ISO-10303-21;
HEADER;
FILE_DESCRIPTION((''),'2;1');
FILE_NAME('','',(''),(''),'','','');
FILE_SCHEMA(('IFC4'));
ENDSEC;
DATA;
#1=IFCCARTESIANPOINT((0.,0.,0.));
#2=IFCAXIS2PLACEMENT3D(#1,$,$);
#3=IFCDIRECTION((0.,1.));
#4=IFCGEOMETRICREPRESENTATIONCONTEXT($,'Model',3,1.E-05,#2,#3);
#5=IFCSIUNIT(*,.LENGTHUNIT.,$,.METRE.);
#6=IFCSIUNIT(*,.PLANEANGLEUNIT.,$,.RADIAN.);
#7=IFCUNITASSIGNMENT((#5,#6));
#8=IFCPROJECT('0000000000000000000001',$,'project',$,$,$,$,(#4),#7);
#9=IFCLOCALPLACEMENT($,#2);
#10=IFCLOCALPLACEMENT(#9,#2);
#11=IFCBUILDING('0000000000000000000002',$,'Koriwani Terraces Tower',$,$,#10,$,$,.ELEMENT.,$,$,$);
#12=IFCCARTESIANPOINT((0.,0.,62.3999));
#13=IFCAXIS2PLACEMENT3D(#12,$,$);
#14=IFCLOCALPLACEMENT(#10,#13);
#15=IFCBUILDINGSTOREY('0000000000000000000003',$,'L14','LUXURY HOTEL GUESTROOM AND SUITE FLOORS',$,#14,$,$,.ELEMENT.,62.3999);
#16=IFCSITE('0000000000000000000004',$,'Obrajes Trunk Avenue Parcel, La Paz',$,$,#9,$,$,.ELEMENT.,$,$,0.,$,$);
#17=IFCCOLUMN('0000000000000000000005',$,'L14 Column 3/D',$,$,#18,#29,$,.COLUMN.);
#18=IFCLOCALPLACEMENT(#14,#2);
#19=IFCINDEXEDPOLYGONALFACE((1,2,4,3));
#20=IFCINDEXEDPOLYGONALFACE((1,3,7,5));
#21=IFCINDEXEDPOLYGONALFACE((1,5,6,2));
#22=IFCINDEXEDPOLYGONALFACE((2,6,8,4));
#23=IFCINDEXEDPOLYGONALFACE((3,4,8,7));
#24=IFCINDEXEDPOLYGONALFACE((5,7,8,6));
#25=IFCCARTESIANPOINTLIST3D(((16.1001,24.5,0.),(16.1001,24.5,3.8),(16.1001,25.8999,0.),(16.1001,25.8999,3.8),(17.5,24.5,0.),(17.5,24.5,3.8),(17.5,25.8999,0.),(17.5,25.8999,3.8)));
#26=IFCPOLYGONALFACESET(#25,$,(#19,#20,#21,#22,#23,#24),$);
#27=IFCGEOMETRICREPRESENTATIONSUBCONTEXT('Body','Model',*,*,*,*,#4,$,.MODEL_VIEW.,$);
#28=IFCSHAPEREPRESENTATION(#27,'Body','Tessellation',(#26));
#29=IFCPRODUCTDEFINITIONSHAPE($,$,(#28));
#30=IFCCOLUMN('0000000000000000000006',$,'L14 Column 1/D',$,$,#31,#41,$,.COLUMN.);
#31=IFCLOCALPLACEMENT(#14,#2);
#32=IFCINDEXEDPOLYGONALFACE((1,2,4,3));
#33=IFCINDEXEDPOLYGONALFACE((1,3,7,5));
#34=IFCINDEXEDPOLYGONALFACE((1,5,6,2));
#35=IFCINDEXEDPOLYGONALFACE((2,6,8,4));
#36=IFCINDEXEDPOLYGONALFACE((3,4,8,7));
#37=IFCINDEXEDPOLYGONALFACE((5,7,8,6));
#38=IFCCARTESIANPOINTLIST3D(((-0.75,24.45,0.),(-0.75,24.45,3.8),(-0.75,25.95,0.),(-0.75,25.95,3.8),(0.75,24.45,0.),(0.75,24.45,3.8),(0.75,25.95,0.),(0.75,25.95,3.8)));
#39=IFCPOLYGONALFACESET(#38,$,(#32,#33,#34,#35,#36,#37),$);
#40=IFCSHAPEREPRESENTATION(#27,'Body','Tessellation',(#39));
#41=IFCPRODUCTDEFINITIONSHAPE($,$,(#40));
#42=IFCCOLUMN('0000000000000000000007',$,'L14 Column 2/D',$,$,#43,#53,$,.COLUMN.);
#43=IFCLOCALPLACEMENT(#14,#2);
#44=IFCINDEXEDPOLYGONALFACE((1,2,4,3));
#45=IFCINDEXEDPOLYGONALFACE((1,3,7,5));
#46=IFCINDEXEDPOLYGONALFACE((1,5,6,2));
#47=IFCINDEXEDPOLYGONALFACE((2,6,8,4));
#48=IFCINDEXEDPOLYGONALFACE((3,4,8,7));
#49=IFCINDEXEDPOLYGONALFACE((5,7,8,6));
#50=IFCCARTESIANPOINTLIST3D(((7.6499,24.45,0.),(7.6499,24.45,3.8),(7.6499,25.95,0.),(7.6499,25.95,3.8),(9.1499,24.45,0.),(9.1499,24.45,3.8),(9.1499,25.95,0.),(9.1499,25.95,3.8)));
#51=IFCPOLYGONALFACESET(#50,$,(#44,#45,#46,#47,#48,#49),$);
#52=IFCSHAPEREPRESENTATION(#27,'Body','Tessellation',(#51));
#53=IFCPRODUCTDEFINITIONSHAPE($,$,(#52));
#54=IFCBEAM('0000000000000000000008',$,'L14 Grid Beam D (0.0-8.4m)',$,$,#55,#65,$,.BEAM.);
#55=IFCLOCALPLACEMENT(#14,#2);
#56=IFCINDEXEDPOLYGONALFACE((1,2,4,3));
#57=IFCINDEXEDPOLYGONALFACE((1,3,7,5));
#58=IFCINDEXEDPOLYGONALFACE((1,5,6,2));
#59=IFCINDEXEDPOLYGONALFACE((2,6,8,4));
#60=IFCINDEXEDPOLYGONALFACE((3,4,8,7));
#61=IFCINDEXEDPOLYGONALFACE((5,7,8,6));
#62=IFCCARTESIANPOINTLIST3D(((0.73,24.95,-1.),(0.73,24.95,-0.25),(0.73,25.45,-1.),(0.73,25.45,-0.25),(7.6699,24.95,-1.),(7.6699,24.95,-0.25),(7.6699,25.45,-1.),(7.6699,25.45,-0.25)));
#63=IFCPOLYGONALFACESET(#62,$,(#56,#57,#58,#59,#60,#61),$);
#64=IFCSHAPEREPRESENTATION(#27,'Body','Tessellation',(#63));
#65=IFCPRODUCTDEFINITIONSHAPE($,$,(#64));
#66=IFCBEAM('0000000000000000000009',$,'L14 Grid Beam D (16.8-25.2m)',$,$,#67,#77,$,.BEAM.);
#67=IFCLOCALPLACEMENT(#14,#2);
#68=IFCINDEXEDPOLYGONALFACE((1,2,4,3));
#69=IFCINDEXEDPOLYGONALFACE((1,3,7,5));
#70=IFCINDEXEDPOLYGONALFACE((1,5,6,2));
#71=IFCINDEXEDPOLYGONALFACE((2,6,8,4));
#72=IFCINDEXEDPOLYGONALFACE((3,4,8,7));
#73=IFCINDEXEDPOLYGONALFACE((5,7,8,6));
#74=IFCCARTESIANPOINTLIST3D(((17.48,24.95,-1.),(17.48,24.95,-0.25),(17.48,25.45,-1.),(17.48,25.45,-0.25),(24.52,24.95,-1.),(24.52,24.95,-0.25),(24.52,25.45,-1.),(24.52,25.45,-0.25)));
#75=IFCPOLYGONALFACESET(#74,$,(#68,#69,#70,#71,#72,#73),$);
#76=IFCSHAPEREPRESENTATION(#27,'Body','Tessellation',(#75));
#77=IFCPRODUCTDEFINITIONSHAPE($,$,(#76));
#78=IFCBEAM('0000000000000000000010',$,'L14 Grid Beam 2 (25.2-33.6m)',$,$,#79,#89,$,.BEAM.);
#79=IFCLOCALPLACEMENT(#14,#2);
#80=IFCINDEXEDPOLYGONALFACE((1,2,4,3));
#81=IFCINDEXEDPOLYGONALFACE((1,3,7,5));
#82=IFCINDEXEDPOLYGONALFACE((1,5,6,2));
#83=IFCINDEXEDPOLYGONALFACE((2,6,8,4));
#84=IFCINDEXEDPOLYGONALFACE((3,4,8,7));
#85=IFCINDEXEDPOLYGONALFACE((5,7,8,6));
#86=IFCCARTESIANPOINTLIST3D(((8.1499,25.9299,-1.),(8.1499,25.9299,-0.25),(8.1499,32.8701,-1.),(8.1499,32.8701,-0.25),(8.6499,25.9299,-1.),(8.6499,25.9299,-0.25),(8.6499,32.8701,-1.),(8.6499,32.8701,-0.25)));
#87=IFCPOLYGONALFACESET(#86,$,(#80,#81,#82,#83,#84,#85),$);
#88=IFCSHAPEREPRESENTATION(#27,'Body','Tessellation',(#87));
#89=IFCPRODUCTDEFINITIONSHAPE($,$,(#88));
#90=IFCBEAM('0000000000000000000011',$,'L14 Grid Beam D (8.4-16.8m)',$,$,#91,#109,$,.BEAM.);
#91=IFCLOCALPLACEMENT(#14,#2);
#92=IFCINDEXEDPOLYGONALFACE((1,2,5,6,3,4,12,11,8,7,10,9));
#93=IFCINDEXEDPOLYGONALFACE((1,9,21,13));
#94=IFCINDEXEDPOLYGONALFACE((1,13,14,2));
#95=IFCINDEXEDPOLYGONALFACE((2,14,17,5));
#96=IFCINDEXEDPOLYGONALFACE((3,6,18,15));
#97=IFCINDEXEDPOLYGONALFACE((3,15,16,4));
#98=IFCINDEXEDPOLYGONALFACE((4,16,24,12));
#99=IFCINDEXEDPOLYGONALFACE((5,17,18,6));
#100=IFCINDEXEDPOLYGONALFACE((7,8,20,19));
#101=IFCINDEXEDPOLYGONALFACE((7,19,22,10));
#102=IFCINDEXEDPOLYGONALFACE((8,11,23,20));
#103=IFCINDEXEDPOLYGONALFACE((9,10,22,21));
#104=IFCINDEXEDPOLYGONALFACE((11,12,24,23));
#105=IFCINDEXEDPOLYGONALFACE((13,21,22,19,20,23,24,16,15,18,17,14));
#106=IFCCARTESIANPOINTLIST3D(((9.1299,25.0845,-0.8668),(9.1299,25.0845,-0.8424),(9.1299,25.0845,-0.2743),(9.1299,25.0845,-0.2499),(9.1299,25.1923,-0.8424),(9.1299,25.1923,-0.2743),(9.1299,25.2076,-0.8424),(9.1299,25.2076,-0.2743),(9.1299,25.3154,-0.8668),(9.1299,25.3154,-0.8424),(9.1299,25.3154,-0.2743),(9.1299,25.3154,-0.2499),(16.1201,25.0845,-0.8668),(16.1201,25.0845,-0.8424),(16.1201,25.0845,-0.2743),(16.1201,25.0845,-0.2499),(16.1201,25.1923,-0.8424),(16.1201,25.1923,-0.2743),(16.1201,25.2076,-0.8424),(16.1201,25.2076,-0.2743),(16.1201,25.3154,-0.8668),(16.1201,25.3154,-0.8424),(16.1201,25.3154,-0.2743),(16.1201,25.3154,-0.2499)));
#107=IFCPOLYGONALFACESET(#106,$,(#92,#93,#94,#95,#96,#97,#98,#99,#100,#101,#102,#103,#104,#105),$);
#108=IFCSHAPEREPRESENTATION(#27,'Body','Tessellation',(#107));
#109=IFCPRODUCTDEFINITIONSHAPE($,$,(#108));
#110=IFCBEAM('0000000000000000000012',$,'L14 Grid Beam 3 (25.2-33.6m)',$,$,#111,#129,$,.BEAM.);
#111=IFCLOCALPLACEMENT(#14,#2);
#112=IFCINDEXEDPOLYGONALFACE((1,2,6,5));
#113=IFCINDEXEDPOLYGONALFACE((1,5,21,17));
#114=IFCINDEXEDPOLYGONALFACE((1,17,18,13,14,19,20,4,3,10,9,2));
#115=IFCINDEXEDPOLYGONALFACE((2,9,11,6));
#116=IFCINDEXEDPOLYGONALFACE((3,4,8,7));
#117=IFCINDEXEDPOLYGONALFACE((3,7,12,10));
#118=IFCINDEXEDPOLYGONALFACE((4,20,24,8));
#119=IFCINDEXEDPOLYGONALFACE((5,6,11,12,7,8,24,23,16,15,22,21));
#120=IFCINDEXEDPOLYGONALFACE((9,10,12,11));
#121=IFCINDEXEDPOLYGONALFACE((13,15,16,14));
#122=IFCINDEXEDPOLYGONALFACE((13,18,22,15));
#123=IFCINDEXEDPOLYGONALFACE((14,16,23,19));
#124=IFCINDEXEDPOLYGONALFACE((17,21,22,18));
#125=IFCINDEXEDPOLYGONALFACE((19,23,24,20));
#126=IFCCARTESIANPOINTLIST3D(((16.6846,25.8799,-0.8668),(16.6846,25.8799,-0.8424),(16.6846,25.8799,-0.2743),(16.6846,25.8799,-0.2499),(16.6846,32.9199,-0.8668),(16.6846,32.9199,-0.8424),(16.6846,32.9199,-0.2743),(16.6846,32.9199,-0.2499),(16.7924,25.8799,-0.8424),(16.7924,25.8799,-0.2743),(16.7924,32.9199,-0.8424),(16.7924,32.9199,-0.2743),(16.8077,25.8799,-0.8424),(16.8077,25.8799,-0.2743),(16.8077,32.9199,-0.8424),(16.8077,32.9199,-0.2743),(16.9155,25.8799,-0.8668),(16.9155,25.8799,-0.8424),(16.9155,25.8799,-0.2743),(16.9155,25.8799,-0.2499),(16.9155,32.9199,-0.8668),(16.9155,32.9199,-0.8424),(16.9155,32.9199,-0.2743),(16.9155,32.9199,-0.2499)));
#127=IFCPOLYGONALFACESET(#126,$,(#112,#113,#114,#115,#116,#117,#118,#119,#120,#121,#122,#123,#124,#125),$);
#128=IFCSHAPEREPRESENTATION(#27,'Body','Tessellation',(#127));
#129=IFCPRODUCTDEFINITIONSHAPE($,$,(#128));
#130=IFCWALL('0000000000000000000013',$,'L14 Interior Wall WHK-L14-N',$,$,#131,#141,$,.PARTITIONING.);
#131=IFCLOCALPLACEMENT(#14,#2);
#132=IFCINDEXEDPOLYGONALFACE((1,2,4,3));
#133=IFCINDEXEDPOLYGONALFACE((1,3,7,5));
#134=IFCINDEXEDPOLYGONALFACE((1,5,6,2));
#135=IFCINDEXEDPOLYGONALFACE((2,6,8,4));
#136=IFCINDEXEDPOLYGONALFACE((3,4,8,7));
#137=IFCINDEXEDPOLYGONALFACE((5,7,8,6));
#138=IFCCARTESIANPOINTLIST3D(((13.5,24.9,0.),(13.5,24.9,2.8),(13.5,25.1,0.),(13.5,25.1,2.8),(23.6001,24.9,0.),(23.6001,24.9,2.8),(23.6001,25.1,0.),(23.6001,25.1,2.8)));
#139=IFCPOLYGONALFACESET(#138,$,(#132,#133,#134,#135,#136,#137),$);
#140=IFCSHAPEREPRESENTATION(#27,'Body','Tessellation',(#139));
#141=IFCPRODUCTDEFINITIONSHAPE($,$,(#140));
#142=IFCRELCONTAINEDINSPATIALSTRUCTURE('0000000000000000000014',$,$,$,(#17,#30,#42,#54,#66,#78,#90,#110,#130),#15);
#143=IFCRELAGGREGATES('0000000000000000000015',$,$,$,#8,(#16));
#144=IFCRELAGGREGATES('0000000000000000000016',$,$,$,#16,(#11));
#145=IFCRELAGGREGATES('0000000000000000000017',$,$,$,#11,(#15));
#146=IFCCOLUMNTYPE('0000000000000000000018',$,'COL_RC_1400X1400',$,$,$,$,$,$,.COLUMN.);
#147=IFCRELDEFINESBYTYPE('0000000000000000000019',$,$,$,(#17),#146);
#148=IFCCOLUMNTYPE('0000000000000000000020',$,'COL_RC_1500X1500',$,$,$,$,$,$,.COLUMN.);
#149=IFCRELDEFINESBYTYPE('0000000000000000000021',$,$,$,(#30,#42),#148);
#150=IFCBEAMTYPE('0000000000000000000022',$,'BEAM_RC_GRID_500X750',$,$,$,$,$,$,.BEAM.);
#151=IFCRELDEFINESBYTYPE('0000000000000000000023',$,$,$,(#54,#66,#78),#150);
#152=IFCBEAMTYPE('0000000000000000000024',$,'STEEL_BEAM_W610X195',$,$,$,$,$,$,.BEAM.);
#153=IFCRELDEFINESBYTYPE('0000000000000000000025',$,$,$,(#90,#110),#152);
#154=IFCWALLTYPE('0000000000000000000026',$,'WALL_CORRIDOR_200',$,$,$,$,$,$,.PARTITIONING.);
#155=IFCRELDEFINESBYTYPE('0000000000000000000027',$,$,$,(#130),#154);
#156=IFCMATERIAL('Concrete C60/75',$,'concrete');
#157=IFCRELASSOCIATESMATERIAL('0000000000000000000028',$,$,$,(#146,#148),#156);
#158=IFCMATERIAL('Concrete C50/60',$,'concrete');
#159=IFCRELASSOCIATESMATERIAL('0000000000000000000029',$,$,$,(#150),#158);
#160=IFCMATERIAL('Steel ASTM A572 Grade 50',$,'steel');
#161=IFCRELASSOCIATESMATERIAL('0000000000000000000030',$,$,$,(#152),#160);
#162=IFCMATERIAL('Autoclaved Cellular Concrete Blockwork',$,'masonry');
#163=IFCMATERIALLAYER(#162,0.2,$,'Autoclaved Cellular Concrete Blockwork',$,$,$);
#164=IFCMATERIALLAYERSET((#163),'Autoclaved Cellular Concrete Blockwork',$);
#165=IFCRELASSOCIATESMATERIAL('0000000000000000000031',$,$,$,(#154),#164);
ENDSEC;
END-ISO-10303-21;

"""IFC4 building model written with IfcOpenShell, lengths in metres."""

from ifc_helpers import new_model, si_unit, direction, frame, frame_2d, origin, origin_2d, place, context, subcontext, project, spatial, rectangle, i_section, extrude, material, layer, layer_set, material_profile, profile_set, type_object, element, save


model = new_model("IFC4")

# Units and contexts
model_context = context("Model", 3, precision=1e-05, world=origin(), true_north=direction((0.0, 1.0)))
body_context = subcontext(model_context, "Body", "Model", "MODEL_VIEW")
ifc_project = project(units=[si_unit("LENGTHUNIT", "METRE"), si_unit("PLANEANGLEUNIT", "RADIAN")], contexts=[model_context])

# Site, building, storey
site_placement = place(None, origin())
site = spatial("IfcSite", under=ifc_project, at=site_placement, Name="Obrajes Trunk Avenue Parcel, La Paz", CompositionType="ELEMENT", RefElevation=0.0)
building_placement = place(site_placement, origin())
building = spatial("IfcBuilding", under=site, at=building_placement, Name="Koriwani Terraces Tower", CompositionType="ELEMENT")
storey_placement = place(building_placement, frame((0.0, 0.0, 62.3999)))
storey = spatial("IfcBuildingStorey", under=building, at=storey_placement, Name="L14", Description="LUXURY HOTEL GUESTROOM AND SUITE FLOORS", CompositionType="ELEMENT", Elevation=62.3999)

# Columns
ifc_material_1 = material(Name="Concrete C60/75", Category="concrete")
ifc_material_profile_1 = material_profile(ifc_material_1, rectangle(XDim=1.3999, YDim=1.3999, at=origin_2d()), Name="Concrete C60/75", Category="LoadBearing")
ifc_profile_set_1 = profile_set([ifc_material_profile_1], Name="Concrete C60/75")
column_type_1 = type_object("IfcColumnType", Name="COL_RC_1400X1400", PredefinedType="COLUMN", material=ifc_profile_set_1)
column_placement = place(storey_placement, frame((16.8, 25.2, 0.0), z_axis=(0.0, 0.0, 1.0), x_axis=(1.0, 0.0, 0.0)))
element("IfcColumn", 1, at=column_placement, inside=storey, type_object=column_type_1, Name="L14 Column 3/D", PredefinedType="COLUMN", context=body_context, shape_type="SweptSolid", body=[
    extrude(rectangle(XDim=1.3999, YDim=1.3999, at=origin_2d()), origin(), (0.0, 0.0, 1.0), 3.8),
])
ifc_material_profile_2 = material_profile(ifc_material_1, rectangle(XDim=1.5, YDim=1.5, at=origin_2d()), Name="Concrete C60/75", Category="LoadBearing")
ifc_profile_set_2 = profile_set([ifc_material_profile_2], Name="Concrete C60/75")
column_type_2 = type_object("IfcColumnType", Name="COL_RC_1500X1500", PredefinedType="COLUMN", material=ifc_profile_set_2)
for number, where, z_axis, x_axis, name in (
    (2, (0.0, 25.2, 0.0), (0.0, 0.0, 1.0), (1.0, 0.0, 0.0), "L14 Column 1/D"),
    (3, (8.3999, 25.2, 0.0), (0.0, 0.0, 1.0), (1.0, 0.0, 0.0), "L14 Column 2/D"),
):
    element("IfcColumn", number, at=place(storey_placement, frame(where, z_axis=z_axis, x_axis=x_axis)), inside=storey, type_object=column_type_2, Name=name, PredefinedType="COLUMN", context=body_context, shape_type="SweptSolid", body=[
        extrude(rectangle(XDim=1.5, YDim=1.5, at=origin_2d()), origin(), (0.0, 0.0, 1.0), 3.8),
    ])

# Beams
ifc_material_2 = material(Name="Concrete C50/60", Category="concrete")
ifc_material_profile_3 = material_profile(ifc_material_2, rectangle(XDim=0.5, YDim=0.75, at=origin_2d()), Name="Concrete C50/60", Category="LoadBearing")
ifc_profile_set_3 = profile_set([ifc_material_profile_3], Name="Concrete C50/60")
beam_type_1 = type_object("IfcBeamType", Name="BEAM_RC_GRID_500X750", PredefinedType="BEAM", material=ifc_profile_set_3)
beam_1_placement = place(storey_placement, frame((0.73, 25.2, -0.625), z_axis=(1.0, 0.0, 0.0), x_axis=(0.0, 1.0, 0.0)))
element("IfcBeam", 4, at=beam_1_placement, inside=storey, type_object=beam_type_1, Name="L14 Grid Beam D (0.0-8.4m)", PredefinedType="BEAM", context=body_context, shape_type="SweptSolid", body=[
    extrude(rectangle(XDim=0.5, YDim=0.75, at=origin_2d()), origin(), (0.0, 0.0, 1.0), 6.9399),
])
beam_2_placement = place(storey_placement, frame((17.48, 25.2, -0.625), z_axis=(1.0, 0.0, 0.0), x_axis=(0.0, 1.0, 0.0)))
element("IfcBeam", 5, at=beam_2_placement, inside=storey, type_object=beam_type_1, Name="L14 Grid Beam D (16.8-25.2m)", PredefinedType="BEAM", context=body_context, shape_type="SweptSolid", body=[
    extrude(rectangle(XDim=0.5, YDim=0.75, at=origin_2d()), origin(), (0.0, 0.0, 1.0), 7.04),
])
beam_3_placement = place(storey_placement, frame((8.3999, 25.9299, -0.625), z_axis=(0.0, 1.0, 0.0), x_axis=(-1.0, 0.0, 0.0)))
element("IfcBeam", 6, at=beam_3_placement, inside=storey, type_object=beam_type_1, Name="L14 Grid Beam 2 (25.2-33.6m)", PredefinedType="BEAM", context=body_context, shape_type="SweptSolid", body=[
    extrude(rectangle(XDim=0.5, YDim=0.75, at=origin_2d()), origin(), (0.0, 0.0, 1.0), 6.9402),
])
ifc_material_3 = material(Name="Steel ASTM A572 Grade 50", Category="steel")
ifc_material_profile_4 = material_profile(ifc_material_3, i_section(OverallWidth=0.231, OverallDepth=0.6169, WebThickness=0.0154, FlangeThickness=0.0244, at=origin_2d()), Name="Steel ASTM A572 Grade 50", Category="LoadBearing")
ifc_profile_set_4 = profile_set([ifc_material_profile_4], Name="Steel ASTM A572 Grade 50")
beam_type_2 = type_object("IfcBeamType", Name="STEEL_BEAM_W610X195", PredefinedType="BEAM", material=ifc_profile_set_4)
beam_4_placement = place(storey_placement, frame((9.1299, 25.2, -0.5583), z_axis=(1.0, 0.0, 0.0), x_axis=(0.0, 1.0, 0.0)))
element("IfcBeam", 7, at=beam_4_placement, inside=storey, type_object=beam_type_2, Name="L14 Grid Beam D (8.4-16.8m)", PredefinedType="BEAM", context=body_context, shape_type="SweptSolid", body=[
    extrude(i_section(OverallWidth=0.231, OverallDepth=0.6169, WebThickness=0.0154, FlangeThickness=0.0244, at=origin_2d()), origin(), (0.0, 0.0, 1.0), 6.9902),
])
beam_5_placement = place(storey_placement, frame((16.8, 25.8799, -0.5583), z_axis=(0.0, 1.0, 0.0), x_axis=(-1.0, 0.0, 0.0)))
element("IfcBeam", 8, at=beam_5_placement, inside=storey, type_object=beam_type_2, Name="L14 Grid Beam 3 (25.2-33.6m)", PredefinedType="BEAM", context=body_context, shape_type="SweptSolid", body=[
    extrude(i_section(OverallWidth=0.231, OverallDepth=0.6169, WebThickness=0.0154, FlangeThickness=0.0244, at=origin_2d()), origin(), (0.0, 0.0, 1.0), 7.04),
])

# Wall
ifc_material_4 = material(Name="Autoclaved Cellular Concrete Blockwork", Category="masonry")
ifc_layer_1 = layer(ifc_material_4, 0.2, Name="Autoclaved Cellular Concrete Blockwork")
ifc_layer_set_1 = layer_set([ifc_layer_1], Name="Autoclaved Cellular Concrete Blockwork")
wall_type_1 = type_object("IfcWallType", Name="WALL_CORRIDOR_200", PredefinedType="PARTITIONING", material=ifc_layer_set_1)
wall_1_placement = place(storey_placement, frame((13.5, 25.0, 0.0), z_axis=(0.0, 0.0, 1.0), x_axis=(1.0, 0.0, 0.0)))
element("IfcWall", 9, at=wall_1_placement, inside=storey, type_object=wall_type_1, Name="L14 Interior Wall WHK-L14-N", PredefinedType="PARTITIONING", context=body_context, shape_type="SweptSolid", body=[
    extrude(rectangle(XDim=10.1001, YDim=0.2, at=frame_2d((5.05, 0.0))), origin(), (0.0, 0.0, 1.0), 2.8),
])

save(model, "model.ifc")
